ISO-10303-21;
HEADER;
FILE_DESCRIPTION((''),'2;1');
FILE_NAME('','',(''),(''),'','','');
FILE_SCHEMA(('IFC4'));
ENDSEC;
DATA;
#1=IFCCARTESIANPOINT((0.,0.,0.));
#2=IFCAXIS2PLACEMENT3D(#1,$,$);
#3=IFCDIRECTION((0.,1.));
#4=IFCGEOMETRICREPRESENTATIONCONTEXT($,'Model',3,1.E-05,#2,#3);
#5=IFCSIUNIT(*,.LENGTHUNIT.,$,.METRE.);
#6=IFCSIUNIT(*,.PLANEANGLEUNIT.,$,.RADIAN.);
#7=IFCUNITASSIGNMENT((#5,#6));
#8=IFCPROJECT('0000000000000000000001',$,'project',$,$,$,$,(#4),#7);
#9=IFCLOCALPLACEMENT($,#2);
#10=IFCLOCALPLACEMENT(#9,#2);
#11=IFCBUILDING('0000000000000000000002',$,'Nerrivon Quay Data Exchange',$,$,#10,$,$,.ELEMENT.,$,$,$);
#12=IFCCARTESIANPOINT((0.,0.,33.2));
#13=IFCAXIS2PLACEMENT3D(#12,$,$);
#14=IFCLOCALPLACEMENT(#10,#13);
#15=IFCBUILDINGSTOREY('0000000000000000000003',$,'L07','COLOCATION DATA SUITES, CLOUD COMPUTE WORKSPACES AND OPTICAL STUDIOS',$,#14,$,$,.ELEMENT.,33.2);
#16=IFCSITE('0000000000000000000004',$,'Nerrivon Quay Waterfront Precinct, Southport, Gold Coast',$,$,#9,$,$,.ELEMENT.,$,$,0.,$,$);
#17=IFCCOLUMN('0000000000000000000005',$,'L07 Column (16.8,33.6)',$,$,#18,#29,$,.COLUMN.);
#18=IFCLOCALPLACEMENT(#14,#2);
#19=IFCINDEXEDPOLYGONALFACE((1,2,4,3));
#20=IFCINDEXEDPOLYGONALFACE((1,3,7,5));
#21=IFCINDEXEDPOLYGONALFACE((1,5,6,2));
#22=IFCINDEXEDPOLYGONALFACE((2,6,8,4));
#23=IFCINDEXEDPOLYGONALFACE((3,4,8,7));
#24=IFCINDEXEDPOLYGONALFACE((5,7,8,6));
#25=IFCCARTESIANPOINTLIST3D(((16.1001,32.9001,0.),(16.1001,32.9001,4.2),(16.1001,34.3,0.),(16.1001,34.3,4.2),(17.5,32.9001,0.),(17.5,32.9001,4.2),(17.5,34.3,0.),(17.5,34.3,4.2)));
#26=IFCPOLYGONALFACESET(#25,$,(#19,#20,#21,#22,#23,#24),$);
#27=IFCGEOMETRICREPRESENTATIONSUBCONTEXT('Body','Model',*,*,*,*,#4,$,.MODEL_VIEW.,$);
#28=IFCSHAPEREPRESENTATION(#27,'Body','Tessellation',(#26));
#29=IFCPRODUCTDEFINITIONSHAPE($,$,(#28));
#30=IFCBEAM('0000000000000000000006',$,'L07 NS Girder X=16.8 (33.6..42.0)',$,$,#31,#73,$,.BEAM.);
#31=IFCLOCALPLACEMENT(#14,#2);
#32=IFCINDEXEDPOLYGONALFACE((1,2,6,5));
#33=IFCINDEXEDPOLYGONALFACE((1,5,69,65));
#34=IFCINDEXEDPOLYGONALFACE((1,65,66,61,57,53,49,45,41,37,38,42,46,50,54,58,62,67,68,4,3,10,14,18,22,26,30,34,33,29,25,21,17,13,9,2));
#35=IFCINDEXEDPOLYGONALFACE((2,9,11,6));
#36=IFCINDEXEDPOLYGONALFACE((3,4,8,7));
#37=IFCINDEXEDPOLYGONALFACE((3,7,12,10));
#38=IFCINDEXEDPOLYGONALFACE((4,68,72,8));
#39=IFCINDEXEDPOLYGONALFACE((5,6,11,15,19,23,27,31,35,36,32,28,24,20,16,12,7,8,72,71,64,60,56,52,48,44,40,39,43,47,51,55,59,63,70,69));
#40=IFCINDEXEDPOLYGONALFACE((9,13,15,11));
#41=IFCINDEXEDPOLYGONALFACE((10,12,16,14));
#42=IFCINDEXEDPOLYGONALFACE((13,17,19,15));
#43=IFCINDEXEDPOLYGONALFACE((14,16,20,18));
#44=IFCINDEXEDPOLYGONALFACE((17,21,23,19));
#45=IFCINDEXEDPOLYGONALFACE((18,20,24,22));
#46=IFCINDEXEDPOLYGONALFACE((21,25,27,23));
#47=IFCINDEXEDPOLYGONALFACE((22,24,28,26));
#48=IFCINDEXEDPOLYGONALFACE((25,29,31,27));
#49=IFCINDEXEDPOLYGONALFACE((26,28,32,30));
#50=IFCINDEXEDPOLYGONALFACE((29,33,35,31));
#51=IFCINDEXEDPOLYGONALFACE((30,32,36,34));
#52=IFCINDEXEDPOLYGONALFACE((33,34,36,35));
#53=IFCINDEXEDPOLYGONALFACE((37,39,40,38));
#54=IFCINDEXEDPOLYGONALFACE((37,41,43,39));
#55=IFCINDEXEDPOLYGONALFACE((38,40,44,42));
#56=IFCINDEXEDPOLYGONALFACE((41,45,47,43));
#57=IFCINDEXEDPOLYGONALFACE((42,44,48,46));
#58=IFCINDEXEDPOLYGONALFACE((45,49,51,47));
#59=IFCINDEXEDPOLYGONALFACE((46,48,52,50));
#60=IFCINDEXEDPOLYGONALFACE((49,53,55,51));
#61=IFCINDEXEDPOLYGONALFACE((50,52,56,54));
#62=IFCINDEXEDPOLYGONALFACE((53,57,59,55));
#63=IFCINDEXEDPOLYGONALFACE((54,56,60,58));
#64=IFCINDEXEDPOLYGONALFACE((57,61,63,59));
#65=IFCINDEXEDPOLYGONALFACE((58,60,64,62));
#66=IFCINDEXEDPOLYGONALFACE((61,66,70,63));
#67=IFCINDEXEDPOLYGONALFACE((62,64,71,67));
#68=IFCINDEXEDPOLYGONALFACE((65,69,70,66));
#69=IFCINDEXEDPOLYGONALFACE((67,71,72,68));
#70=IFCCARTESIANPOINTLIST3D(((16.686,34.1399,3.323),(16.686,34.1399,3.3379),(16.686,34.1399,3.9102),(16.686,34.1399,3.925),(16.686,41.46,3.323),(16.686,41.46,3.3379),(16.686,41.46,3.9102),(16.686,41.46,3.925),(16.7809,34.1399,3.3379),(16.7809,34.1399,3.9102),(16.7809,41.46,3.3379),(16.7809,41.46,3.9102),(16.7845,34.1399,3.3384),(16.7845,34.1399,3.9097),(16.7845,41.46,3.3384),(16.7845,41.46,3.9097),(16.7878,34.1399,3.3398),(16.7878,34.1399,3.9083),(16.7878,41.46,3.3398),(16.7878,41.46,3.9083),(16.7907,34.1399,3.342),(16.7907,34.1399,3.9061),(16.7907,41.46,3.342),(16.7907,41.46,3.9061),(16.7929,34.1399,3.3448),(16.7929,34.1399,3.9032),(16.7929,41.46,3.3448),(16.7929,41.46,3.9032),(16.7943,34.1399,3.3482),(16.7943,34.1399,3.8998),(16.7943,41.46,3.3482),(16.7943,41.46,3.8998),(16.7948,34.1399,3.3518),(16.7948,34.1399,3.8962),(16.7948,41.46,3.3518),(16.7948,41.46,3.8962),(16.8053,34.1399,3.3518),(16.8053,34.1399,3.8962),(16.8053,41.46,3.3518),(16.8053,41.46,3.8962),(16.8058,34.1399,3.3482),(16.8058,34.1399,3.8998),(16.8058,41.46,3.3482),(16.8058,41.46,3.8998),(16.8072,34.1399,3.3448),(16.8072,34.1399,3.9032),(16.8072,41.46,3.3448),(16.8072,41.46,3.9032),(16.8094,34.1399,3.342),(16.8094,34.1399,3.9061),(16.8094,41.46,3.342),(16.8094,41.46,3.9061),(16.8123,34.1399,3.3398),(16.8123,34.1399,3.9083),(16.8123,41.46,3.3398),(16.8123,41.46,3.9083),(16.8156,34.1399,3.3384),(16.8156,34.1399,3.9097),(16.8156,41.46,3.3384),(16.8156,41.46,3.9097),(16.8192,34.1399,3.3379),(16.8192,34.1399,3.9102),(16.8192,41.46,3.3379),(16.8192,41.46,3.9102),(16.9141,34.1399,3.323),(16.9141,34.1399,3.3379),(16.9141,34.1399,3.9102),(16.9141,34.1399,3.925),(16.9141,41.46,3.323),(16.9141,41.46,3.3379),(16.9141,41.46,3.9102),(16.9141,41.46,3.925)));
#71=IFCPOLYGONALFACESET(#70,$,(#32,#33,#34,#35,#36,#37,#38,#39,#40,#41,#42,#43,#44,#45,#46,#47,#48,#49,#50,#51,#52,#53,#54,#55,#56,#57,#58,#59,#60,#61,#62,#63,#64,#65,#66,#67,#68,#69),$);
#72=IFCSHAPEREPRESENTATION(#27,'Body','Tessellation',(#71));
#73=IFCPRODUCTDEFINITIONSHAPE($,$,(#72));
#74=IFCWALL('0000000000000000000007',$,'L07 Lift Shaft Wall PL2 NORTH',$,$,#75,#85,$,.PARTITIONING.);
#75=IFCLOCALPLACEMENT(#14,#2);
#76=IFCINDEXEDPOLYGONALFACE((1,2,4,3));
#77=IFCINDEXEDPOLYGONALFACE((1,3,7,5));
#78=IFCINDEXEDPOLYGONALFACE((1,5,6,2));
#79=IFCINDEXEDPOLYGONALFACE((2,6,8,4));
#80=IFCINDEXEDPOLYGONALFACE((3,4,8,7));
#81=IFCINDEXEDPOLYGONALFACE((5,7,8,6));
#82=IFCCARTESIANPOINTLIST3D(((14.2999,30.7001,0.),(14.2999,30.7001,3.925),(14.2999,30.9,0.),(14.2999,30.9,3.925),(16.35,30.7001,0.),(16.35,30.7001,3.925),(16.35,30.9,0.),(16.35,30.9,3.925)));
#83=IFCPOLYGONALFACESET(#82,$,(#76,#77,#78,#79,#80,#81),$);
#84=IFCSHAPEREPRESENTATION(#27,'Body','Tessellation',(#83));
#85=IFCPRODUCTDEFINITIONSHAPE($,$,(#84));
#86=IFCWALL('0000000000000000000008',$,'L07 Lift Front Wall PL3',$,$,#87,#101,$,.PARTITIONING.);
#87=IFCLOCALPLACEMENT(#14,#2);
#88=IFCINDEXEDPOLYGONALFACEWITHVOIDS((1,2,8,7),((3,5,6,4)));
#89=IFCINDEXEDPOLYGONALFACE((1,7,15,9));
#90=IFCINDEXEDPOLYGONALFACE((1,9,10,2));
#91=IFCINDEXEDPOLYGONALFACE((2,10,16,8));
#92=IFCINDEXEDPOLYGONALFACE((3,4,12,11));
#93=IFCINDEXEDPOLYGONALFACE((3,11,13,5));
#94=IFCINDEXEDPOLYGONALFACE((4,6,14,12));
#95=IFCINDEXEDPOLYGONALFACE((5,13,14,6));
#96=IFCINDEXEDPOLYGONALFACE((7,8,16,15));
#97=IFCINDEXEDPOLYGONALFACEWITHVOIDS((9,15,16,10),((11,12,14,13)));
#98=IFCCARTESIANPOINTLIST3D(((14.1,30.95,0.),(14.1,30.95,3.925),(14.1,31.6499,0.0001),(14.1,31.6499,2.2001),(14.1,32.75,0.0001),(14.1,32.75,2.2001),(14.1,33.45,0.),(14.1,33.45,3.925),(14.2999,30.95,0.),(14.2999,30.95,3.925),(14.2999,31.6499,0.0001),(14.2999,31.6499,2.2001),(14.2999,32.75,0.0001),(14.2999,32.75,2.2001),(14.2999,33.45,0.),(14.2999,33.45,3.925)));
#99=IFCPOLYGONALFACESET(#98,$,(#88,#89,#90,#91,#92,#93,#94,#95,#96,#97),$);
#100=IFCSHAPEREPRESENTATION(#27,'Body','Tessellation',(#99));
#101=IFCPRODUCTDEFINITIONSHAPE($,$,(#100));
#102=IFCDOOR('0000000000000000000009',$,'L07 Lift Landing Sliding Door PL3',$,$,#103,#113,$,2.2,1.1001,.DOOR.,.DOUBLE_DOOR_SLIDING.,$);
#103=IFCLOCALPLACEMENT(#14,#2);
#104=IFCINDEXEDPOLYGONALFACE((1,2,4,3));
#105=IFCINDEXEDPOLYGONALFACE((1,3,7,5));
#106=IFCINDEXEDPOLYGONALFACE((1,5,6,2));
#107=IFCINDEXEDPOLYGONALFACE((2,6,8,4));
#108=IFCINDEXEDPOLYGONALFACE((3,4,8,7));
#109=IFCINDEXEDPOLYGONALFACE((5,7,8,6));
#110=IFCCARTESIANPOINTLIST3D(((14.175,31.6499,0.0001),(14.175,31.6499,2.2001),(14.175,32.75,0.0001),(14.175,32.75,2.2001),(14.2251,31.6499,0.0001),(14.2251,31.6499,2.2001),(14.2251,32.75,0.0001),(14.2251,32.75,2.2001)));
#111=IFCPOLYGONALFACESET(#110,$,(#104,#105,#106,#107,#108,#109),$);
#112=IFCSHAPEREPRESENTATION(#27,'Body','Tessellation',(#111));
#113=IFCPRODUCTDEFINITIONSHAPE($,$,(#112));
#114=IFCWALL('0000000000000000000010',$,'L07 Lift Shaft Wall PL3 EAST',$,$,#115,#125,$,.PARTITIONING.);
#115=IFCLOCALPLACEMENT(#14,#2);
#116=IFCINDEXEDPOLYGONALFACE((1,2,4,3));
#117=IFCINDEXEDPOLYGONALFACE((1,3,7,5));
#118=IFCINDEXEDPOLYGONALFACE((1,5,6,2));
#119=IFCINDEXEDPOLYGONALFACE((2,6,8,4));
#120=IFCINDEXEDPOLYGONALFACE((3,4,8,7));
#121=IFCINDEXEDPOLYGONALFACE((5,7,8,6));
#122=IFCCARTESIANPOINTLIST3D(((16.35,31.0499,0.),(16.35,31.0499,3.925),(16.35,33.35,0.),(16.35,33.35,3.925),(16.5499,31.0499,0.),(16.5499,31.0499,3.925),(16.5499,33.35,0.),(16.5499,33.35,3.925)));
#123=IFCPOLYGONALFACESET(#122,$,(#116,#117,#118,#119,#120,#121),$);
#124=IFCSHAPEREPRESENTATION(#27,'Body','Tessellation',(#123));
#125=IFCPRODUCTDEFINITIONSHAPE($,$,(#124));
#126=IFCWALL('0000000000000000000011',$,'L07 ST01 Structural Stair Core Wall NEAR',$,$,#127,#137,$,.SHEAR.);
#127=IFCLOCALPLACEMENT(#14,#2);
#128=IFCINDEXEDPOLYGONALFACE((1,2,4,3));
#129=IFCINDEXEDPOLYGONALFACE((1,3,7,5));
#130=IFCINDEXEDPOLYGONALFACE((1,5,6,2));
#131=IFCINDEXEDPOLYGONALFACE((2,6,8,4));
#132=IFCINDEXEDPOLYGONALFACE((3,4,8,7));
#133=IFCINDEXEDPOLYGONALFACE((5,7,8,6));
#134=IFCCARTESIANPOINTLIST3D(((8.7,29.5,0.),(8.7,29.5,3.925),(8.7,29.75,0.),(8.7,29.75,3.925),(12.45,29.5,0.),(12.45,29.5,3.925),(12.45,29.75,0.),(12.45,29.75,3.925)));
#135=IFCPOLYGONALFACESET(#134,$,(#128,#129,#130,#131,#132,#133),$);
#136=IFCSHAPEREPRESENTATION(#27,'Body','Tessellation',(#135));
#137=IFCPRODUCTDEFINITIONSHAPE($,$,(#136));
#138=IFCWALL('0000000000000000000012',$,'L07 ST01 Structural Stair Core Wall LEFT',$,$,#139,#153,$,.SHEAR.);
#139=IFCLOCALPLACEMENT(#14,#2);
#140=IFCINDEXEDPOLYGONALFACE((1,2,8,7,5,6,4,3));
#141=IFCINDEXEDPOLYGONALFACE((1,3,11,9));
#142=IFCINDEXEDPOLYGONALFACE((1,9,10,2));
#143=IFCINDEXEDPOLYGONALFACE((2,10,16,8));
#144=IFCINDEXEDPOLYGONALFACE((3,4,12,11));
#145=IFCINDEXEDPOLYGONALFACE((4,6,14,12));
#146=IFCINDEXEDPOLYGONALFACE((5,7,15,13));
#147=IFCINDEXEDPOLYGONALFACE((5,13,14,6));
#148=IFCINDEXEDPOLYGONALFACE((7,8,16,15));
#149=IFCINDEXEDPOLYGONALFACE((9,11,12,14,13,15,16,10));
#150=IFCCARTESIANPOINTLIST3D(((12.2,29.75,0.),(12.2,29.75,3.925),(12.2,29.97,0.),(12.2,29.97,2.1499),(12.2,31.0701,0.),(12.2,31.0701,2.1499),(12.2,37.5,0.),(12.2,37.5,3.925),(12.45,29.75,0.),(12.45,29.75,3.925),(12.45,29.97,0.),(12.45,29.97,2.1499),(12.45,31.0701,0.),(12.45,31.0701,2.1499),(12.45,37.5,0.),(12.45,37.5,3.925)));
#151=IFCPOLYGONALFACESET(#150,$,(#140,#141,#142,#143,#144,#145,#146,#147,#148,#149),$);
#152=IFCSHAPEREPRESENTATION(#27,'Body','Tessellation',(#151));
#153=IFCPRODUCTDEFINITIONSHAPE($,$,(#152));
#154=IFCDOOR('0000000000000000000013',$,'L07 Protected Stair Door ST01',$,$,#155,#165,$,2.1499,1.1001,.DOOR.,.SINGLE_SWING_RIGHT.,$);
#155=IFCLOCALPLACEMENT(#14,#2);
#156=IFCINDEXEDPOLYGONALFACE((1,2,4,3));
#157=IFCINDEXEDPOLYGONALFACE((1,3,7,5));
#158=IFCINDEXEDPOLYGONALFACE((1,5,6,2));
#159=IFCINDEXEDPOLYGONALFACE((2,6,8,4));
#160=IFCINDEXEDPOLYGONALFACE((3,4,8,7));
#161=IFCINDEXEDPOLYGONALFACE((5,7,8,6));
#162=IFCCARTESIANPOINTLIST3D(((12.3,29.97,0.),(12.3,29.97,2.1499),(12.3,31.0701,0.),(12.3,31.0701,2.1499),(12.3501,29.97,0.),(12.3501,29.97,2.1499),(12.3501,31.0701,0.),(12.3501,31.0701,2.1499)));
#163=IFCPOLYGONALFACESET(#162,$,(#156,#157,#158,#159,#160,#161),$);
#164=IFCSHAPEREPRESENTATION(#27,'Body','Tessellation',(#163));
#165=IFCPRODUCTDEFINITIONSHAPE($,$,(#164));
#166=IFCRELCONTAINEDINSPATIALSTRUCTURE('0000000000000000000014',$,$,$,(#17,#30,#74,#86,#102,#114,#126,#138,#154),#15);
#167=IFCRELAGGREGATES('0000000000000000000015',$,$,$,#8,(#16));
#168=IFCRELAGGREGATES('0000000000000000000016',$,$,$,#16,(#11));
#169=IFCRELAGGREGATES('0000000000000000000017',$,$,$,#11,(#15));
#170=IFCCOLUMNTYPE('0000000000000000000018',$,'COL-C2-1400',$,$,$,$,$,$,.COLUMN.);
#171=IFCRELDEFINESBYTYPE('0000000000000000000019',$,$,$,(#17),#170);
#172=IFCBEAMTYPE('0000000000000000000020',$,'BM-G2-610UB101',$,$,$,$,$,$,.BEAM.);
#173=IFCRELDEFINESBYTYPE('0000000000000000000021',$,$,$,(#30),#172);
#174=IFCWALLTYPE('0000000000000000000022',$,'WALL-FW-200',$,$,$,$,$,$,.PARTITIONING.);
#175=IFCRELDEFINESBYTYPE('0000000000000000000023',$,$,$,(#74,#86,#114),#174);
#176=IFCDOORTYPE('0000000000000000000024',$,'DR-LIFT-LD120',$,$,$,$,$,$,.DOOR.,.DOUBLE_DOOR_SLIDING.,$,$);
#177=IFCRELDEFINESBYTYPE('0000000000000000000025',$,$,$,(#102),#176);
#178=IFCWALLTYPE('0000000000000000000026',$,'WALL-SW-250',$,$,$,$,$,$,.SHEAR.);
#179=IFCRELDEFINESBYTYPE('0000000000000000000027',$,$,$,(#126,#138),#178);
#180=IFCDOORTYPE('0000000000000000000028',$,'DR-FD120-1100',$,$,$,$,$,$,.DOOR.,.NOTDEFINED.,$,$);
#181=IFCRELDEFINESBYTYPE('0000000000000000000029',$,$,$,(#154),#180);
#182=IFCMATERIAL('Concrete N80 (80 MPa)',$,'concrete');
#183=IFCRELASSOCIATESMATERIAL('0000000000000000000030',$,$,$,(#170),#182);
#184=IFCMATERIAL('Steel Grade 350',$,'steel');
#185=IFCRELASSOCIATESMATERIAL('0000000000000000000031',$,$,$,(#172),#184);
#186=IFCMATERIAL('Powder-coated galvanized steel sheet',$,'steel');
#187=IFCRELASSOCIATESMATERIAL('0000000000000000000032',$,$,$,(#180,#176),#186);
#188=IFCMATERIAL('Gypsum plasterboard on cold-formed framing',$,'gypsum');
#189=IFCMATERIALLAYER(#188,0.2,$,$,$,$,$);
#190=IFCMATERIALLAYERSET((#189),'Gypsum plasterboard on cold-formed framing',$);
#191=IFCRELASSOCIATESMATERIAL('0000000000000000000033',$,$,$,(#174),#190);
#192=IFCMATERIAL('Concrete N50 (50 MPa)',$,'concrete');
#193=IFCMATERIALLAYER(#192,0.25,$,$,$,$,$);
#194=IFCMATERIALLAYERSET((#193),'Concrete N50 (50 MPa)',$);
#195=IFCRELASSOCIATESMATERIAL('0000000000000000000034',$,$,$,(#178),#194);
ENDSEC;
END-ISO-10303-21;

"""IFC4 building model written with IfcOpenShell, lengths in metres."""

from ifc_helpers import new_model, si_unit, direction, frame, frame_2d, origin, origin_2d, place, context, subcontext, project, spatial, rectangle, i_section, extrude, material, layer, layer_set, material_profile, profile_set, type_object, element, fill, save


model = new_model("IFC4")

# Units and contexts
model_context = context("Model", 3, precision=1e-05, world=origin(), true_north=direction((0.0, 1.0)))
body_context = subcontext(model_context, "Body", "Model", "MODEL_VIEW")
ifc_project = project(units=[si_unit("LENGTHUNIT", "METRE"), si_unit("PLANEANGLEUNIT", "RADIAN")], contexts=[model_context])

# Site, building, storey
site_placement = place(None, origin())
site = spatial("IfcSite", under=ifc_project, at=site_placement, Name="Nerrivon Quay Waterfront Precinct, Southport, Gold Coast", CompositionType="ELEMENT", RefElevation=0.0)
building_placement = place(site_placement, origin())
building = spatial("IfcBuilding", under=site, at=building_placement, Name="Nerrivon Quay Data Exchange", CompositionType="ELEMENT")
storey_placement = place(building_placement, frame((0.0, 0.0, 33.2)))
storey = spatial("IfcBuildingStorey", under=building, at=storey_placement, Name="L07", Description="COLOCATION DATA SUITES, CLOUD COMPUTE WORKSPACES AND OPTICAL STUDIOS", CompositionType="ELEMENT", Elevation=33.2)

# Column
ifc_material_1 = material(Name="Concrete N80 (80 MPa)", Category="concrete")
ifc_material_profile_1 = material_profile(ifc_material_1, rectangle(XDim=1.3999, YDim=1.3999, at=origin_2d()), Name="RC-COL-1400x1400")
ifc_profile_set_1 = profile_set([ifc_material_profile_1], Name="Concrete N80 (80 MPa)")
column_type = type_object("IfcColumnType", Name="COL-C2-1400", PredefinedType="COLUMN", material=ifc_profile_set_1)
column_placement = place(storey_placement, frame((16.8, 33.6001, 0.0), z_axis=(0.0, 0.0, 1.0), x_axis=(1.0, 0.0, 0.0)))
element("IfcColumn", 1, at=column_placement, inside=storey, type_object=column_type, Name="L07 Column (16.8,33.6)", PredefinedType="COLUMN", context=body_context, shape_type="SweptSolid", body=[
    extrude(rectangle(XDim=1.3999, YDim=1.3999, at=origin_2d()), origin(), (0.0, 0.0, 1.0), 4.2),
])

# Beam
ifc_material_2 = material(Name="Steel Grade 350", Category="steel")
ifc_material_profile_2 = material_profile(ifc_material_2, i_section(OverallWidth=0.228, OverallDepth=0.6021, WebThickness=0.0105, FlangeThickness=0.0149, FilletRadius=0.0139, at=origin_2d()), Name="610UB101")
ifc_profile_set_2 = profile_set([ifc_material_profile_2], Name="Steel Grade 350")
beam_type = type_object("IfcBeamType", Name="BM-G2-610UB101", PredefinedType="BEAM", material=ifc_profile_set_2)
beam_placement = place(storey_placement, frame((16.8, 34.1399, 3.624), z_axis=(0.0, 1.0, 0.0), x_axis=(-1.0, 0.0, 0.0)))
element("IfcBeam", 2, at=beam_placement, inside=storey, type_object=beam_type, Name="L07 NS Girder X=16.8 (33.6..42.0)", PredefinedType="BEAM", context=body_context, shape_type="SweptSolid", body=[
    extrude(i_section(OverallWidth=0.228, OverallDepth=0.6021, WebThickness=0.0105, FlangeThickness=0.0149, FilletRadius=0.0139, at=origin_2d()), origin(), (0.0, 0.0, 1.0), 7.3201),
])

# Shared definitions
ifc_material_3 = material(Name="Powder-coated galvanized steel sheet", Category="steel")
door_type_1 = type_object("IfcDoorType", Name="DR-FD120-1100", OperationType="NOTDEFINED", PredefinedType="DOOR", material=ifc_material_3)

# Wall
ifc_material_4 = material(Name="Gypsum plasterboard on cold-formed framing", Category="gypsum")
ifc_layer_1 = layer(ifc_material_4, 0.2)
ifc_layer_set_1 = layer_set([ifc_layer_1], Name="Gypsum plasterboard on cold-formed framing")
wall_type_1 = type_object("IfcWallType", Name="WALL-FW-200", PredefinedType="PARTITIONING", material=ifc_layer_set_1)
wall_1_placement = place(storey_placement, frame((14.3, 30.8, 0.0), z_axis=(0.0, 0.0, 1.0), x_axis=(1.0, 0.0, 0.0)))
element("IfcWall", 3, at=wall_1_placement, inside=storey, type_object=wall_type_1, Name="L07 Lift Shaft Wall PL2 NORTH", PredefinedType="PARTITIONING", context=body_context, shape_type="SweptSolid", body=[
    extrude(rectangle(XDim=2.05, YDim=0.2, at=frame_2d((1.0249, 0.0))), origin(), (0.0, 0.0, 1.0), 3.925),
])

# Wall, opening, door
wall_2_placement = place(storey_placement, frame((14.2, 30.95, 0.0), z_axis=(0.0, 0.0, 1.0), x_axis=(0.0, 1.0, 0.0)))
wall_2 = element("IfcWall", 4, at=wall_2_placement, inside=storey, type_object=wall_type_1, Name="L07 Lift Front Wall PL3", PredefinedType="PARTITIONING", context=body_context, shape_type="SweptSolid", body=[
    extrude(rectangle(XDim=2.5, YDim=0.2, at=frame_2d((1.25, 0.0))), origin(), (0.0, 0.0, 1.0), 3.925),
])
opening_1_placement = place(wall_2_placement, frame((0.7, 0.0, 0.0)))
opening_1 = element("IfcOpeningElement", 5, at=opening_1_placement, cuts=wall_2, PredefinedType="OPENING", context=body_context, shape_type="SweptSolid", body=[
    extrude(rectangle(XDim=1.1001, YDim=2.2, at=frame_2d((0.55, 1.1001))), frame((0.0, 0.1099, 0.0), z_axis=(0.0, -1.0, 0.0), x_axis=(1.0, 0.0, 0.0)), (0.0, 0.0, 1.0), 0.22),
])
door_type_2 = type_object("IfcDoorType", Name="DR-LIFT-LD120", OperationType="DOUBLE_DOOR_SLIDING", PredefinedType="DOOR", material=ifc_material_3)
door_1_placement = place(opening_1_placement, origin())
door_1 = element("IfcDoor", 6, at=door_1_placement, inside=storey, type_object=door_type_2, Name="L07 Lift Landing Sliding Door PL3", OperationType="DOUBLE_DOOR_SLIDING", OverallHeight=2.2, OverallWidth=1.1001, PredefinedType="DOOR", context=body_context, shape_type="SweptSolid", body=[
    extrude(rectangle(XDim=1.1001, YDim=2.2, at=frame_2d((0.55, 1.1001))), frame((0.0, 0.0249, 0.0), z_axis=(0.0, -1.0, 0.0), x_axis=(1.0, 0.0, 0.0)), (0.0, 0.0, 1.0), 0.05),
])
fill(opening_1, door_1)

# Walls
wall_3_placement = place(storey_placement, frame((16.45, 31.05, 0.0), z_axis=(0.0, 0.0, 1.0), x_axis=(0.0, 1.0, 0.0)))
element("IfcWall", 7, at=wall_3_placement, inside=storey, type_object=wall_type_1, Name="L07 Lift Shaft Wall PL3 EAST", PredefinedType="PARTITIONING", context=body_context, shape_type="SweptSolid", body=[
    extrude(rectangle(XDim=2.3, YDim=0.2, at=frame_2d((1.1499, 0.0))), origin(), (0.0, 0.0, 1.0), 3.925),
])
ifc_material_5 = material(Name="Concrete N50 (50 MPa)", Category="concrete")
ifc_layer_2 = layer(ifc_material_5, 0.25)
ifc_layer_set_2 = layer_set([ifc_layer_2], Name="Concrete N50 (50 MPa)")
wall_type_2 = type_object("IfcWallType", Name="WALL-SW-250", PredefinedType="SHEAR", material=ifc_layer_set_2)
wall_4_placement = place(storey_placement, frame((12.45, 29.625, 0.0), z_axis=(0.0, 0.0, 1.0), x_axis=(-1.0, 0.0, 0.0)))
element("IfcWall", 8, at=wall_4_placement, inside=storey, type_object=wall_type_2, Name="L07 ST01 Structural Stair Core Wall NEAR", PredefinedType="SHEAR", context=body_context, shape_type="SweptSolid", body=[
    extrude(rectangle(XDim=3.75, YDim=0.25, at=frame_2d((1.875, 0.0))), origin(), (0.0, 0.0, 1.0), 3.925),
])

# Wall, opening, door
wall_5_placement = place(storey_placement, frame((12.325, 29.75, 0.0), z_axis=(0.0, 0.0, 1.0), x_axis=(0.0, 1.0, 0.0)))
wall_5 = element("IfcWall", 9, at=wall_5_placement, inside=storey, type_object=wall_type_2, Name="L07 ST01 Structural Stair Core Wall LEFT", PredefinedType="SHEAR", context=body_context, shape_type="SweptSolid", body=[
    extrude(rectangle(XDim=7.75, YDim=0.25, at=frame_2d((3.875, 0.0))), origin(), (0.0, 0.0, 1.0), 3.925),
])
opening_2_placement = place(wall_5_placement, frame((0.22, 0.0, 0.0)))
opening_2 = element("IfcOpeningElement", 10, at=opening_2_placement, cuts=wall_5, PredefinedType="OPENING", context=body_context, shape_type="SweptSolid", body=[
    extrude(rectangle(XDim=1.1001, YDim=2.1499, at=frame_2d((0.55, 1.075))), frame((0.0, 0.135, 0.0), z_axis=(0.0, -1.0, 0.0), x_axis=(1.0, 0.0, 0.0)), (0.0, 0.0, 1.0), 0.27),
])
door_2_placement = place(opening_2_placement, origin())
door_2 = element("IfcDoor", 11, at=door_2_placement, inside=storey, type_object=door_type_1, Name="L07 Protected Stair Door ST01", OperationType="SINGLE_SWING_RIGHT", OverallHeight=2.1499, OverallWidth=1.1001, PredefinedType="DOOR", context=body_context, shape_type="SweptSolid", body=[
    extrude(rectangle(XDim=1.1001, YDim=2.1499, at=frame_2d((0.55, 1.075))), frame((0.0, 0.0249, 0.0), z_axis=(0.0, -1.0, 0.0), x_axis=(1.0, 0.0, 0.0)), (0.0, 0.0, 1.0), 0.05),
])
fill(opening_2, door_2)

save(model, "model.ifc")
